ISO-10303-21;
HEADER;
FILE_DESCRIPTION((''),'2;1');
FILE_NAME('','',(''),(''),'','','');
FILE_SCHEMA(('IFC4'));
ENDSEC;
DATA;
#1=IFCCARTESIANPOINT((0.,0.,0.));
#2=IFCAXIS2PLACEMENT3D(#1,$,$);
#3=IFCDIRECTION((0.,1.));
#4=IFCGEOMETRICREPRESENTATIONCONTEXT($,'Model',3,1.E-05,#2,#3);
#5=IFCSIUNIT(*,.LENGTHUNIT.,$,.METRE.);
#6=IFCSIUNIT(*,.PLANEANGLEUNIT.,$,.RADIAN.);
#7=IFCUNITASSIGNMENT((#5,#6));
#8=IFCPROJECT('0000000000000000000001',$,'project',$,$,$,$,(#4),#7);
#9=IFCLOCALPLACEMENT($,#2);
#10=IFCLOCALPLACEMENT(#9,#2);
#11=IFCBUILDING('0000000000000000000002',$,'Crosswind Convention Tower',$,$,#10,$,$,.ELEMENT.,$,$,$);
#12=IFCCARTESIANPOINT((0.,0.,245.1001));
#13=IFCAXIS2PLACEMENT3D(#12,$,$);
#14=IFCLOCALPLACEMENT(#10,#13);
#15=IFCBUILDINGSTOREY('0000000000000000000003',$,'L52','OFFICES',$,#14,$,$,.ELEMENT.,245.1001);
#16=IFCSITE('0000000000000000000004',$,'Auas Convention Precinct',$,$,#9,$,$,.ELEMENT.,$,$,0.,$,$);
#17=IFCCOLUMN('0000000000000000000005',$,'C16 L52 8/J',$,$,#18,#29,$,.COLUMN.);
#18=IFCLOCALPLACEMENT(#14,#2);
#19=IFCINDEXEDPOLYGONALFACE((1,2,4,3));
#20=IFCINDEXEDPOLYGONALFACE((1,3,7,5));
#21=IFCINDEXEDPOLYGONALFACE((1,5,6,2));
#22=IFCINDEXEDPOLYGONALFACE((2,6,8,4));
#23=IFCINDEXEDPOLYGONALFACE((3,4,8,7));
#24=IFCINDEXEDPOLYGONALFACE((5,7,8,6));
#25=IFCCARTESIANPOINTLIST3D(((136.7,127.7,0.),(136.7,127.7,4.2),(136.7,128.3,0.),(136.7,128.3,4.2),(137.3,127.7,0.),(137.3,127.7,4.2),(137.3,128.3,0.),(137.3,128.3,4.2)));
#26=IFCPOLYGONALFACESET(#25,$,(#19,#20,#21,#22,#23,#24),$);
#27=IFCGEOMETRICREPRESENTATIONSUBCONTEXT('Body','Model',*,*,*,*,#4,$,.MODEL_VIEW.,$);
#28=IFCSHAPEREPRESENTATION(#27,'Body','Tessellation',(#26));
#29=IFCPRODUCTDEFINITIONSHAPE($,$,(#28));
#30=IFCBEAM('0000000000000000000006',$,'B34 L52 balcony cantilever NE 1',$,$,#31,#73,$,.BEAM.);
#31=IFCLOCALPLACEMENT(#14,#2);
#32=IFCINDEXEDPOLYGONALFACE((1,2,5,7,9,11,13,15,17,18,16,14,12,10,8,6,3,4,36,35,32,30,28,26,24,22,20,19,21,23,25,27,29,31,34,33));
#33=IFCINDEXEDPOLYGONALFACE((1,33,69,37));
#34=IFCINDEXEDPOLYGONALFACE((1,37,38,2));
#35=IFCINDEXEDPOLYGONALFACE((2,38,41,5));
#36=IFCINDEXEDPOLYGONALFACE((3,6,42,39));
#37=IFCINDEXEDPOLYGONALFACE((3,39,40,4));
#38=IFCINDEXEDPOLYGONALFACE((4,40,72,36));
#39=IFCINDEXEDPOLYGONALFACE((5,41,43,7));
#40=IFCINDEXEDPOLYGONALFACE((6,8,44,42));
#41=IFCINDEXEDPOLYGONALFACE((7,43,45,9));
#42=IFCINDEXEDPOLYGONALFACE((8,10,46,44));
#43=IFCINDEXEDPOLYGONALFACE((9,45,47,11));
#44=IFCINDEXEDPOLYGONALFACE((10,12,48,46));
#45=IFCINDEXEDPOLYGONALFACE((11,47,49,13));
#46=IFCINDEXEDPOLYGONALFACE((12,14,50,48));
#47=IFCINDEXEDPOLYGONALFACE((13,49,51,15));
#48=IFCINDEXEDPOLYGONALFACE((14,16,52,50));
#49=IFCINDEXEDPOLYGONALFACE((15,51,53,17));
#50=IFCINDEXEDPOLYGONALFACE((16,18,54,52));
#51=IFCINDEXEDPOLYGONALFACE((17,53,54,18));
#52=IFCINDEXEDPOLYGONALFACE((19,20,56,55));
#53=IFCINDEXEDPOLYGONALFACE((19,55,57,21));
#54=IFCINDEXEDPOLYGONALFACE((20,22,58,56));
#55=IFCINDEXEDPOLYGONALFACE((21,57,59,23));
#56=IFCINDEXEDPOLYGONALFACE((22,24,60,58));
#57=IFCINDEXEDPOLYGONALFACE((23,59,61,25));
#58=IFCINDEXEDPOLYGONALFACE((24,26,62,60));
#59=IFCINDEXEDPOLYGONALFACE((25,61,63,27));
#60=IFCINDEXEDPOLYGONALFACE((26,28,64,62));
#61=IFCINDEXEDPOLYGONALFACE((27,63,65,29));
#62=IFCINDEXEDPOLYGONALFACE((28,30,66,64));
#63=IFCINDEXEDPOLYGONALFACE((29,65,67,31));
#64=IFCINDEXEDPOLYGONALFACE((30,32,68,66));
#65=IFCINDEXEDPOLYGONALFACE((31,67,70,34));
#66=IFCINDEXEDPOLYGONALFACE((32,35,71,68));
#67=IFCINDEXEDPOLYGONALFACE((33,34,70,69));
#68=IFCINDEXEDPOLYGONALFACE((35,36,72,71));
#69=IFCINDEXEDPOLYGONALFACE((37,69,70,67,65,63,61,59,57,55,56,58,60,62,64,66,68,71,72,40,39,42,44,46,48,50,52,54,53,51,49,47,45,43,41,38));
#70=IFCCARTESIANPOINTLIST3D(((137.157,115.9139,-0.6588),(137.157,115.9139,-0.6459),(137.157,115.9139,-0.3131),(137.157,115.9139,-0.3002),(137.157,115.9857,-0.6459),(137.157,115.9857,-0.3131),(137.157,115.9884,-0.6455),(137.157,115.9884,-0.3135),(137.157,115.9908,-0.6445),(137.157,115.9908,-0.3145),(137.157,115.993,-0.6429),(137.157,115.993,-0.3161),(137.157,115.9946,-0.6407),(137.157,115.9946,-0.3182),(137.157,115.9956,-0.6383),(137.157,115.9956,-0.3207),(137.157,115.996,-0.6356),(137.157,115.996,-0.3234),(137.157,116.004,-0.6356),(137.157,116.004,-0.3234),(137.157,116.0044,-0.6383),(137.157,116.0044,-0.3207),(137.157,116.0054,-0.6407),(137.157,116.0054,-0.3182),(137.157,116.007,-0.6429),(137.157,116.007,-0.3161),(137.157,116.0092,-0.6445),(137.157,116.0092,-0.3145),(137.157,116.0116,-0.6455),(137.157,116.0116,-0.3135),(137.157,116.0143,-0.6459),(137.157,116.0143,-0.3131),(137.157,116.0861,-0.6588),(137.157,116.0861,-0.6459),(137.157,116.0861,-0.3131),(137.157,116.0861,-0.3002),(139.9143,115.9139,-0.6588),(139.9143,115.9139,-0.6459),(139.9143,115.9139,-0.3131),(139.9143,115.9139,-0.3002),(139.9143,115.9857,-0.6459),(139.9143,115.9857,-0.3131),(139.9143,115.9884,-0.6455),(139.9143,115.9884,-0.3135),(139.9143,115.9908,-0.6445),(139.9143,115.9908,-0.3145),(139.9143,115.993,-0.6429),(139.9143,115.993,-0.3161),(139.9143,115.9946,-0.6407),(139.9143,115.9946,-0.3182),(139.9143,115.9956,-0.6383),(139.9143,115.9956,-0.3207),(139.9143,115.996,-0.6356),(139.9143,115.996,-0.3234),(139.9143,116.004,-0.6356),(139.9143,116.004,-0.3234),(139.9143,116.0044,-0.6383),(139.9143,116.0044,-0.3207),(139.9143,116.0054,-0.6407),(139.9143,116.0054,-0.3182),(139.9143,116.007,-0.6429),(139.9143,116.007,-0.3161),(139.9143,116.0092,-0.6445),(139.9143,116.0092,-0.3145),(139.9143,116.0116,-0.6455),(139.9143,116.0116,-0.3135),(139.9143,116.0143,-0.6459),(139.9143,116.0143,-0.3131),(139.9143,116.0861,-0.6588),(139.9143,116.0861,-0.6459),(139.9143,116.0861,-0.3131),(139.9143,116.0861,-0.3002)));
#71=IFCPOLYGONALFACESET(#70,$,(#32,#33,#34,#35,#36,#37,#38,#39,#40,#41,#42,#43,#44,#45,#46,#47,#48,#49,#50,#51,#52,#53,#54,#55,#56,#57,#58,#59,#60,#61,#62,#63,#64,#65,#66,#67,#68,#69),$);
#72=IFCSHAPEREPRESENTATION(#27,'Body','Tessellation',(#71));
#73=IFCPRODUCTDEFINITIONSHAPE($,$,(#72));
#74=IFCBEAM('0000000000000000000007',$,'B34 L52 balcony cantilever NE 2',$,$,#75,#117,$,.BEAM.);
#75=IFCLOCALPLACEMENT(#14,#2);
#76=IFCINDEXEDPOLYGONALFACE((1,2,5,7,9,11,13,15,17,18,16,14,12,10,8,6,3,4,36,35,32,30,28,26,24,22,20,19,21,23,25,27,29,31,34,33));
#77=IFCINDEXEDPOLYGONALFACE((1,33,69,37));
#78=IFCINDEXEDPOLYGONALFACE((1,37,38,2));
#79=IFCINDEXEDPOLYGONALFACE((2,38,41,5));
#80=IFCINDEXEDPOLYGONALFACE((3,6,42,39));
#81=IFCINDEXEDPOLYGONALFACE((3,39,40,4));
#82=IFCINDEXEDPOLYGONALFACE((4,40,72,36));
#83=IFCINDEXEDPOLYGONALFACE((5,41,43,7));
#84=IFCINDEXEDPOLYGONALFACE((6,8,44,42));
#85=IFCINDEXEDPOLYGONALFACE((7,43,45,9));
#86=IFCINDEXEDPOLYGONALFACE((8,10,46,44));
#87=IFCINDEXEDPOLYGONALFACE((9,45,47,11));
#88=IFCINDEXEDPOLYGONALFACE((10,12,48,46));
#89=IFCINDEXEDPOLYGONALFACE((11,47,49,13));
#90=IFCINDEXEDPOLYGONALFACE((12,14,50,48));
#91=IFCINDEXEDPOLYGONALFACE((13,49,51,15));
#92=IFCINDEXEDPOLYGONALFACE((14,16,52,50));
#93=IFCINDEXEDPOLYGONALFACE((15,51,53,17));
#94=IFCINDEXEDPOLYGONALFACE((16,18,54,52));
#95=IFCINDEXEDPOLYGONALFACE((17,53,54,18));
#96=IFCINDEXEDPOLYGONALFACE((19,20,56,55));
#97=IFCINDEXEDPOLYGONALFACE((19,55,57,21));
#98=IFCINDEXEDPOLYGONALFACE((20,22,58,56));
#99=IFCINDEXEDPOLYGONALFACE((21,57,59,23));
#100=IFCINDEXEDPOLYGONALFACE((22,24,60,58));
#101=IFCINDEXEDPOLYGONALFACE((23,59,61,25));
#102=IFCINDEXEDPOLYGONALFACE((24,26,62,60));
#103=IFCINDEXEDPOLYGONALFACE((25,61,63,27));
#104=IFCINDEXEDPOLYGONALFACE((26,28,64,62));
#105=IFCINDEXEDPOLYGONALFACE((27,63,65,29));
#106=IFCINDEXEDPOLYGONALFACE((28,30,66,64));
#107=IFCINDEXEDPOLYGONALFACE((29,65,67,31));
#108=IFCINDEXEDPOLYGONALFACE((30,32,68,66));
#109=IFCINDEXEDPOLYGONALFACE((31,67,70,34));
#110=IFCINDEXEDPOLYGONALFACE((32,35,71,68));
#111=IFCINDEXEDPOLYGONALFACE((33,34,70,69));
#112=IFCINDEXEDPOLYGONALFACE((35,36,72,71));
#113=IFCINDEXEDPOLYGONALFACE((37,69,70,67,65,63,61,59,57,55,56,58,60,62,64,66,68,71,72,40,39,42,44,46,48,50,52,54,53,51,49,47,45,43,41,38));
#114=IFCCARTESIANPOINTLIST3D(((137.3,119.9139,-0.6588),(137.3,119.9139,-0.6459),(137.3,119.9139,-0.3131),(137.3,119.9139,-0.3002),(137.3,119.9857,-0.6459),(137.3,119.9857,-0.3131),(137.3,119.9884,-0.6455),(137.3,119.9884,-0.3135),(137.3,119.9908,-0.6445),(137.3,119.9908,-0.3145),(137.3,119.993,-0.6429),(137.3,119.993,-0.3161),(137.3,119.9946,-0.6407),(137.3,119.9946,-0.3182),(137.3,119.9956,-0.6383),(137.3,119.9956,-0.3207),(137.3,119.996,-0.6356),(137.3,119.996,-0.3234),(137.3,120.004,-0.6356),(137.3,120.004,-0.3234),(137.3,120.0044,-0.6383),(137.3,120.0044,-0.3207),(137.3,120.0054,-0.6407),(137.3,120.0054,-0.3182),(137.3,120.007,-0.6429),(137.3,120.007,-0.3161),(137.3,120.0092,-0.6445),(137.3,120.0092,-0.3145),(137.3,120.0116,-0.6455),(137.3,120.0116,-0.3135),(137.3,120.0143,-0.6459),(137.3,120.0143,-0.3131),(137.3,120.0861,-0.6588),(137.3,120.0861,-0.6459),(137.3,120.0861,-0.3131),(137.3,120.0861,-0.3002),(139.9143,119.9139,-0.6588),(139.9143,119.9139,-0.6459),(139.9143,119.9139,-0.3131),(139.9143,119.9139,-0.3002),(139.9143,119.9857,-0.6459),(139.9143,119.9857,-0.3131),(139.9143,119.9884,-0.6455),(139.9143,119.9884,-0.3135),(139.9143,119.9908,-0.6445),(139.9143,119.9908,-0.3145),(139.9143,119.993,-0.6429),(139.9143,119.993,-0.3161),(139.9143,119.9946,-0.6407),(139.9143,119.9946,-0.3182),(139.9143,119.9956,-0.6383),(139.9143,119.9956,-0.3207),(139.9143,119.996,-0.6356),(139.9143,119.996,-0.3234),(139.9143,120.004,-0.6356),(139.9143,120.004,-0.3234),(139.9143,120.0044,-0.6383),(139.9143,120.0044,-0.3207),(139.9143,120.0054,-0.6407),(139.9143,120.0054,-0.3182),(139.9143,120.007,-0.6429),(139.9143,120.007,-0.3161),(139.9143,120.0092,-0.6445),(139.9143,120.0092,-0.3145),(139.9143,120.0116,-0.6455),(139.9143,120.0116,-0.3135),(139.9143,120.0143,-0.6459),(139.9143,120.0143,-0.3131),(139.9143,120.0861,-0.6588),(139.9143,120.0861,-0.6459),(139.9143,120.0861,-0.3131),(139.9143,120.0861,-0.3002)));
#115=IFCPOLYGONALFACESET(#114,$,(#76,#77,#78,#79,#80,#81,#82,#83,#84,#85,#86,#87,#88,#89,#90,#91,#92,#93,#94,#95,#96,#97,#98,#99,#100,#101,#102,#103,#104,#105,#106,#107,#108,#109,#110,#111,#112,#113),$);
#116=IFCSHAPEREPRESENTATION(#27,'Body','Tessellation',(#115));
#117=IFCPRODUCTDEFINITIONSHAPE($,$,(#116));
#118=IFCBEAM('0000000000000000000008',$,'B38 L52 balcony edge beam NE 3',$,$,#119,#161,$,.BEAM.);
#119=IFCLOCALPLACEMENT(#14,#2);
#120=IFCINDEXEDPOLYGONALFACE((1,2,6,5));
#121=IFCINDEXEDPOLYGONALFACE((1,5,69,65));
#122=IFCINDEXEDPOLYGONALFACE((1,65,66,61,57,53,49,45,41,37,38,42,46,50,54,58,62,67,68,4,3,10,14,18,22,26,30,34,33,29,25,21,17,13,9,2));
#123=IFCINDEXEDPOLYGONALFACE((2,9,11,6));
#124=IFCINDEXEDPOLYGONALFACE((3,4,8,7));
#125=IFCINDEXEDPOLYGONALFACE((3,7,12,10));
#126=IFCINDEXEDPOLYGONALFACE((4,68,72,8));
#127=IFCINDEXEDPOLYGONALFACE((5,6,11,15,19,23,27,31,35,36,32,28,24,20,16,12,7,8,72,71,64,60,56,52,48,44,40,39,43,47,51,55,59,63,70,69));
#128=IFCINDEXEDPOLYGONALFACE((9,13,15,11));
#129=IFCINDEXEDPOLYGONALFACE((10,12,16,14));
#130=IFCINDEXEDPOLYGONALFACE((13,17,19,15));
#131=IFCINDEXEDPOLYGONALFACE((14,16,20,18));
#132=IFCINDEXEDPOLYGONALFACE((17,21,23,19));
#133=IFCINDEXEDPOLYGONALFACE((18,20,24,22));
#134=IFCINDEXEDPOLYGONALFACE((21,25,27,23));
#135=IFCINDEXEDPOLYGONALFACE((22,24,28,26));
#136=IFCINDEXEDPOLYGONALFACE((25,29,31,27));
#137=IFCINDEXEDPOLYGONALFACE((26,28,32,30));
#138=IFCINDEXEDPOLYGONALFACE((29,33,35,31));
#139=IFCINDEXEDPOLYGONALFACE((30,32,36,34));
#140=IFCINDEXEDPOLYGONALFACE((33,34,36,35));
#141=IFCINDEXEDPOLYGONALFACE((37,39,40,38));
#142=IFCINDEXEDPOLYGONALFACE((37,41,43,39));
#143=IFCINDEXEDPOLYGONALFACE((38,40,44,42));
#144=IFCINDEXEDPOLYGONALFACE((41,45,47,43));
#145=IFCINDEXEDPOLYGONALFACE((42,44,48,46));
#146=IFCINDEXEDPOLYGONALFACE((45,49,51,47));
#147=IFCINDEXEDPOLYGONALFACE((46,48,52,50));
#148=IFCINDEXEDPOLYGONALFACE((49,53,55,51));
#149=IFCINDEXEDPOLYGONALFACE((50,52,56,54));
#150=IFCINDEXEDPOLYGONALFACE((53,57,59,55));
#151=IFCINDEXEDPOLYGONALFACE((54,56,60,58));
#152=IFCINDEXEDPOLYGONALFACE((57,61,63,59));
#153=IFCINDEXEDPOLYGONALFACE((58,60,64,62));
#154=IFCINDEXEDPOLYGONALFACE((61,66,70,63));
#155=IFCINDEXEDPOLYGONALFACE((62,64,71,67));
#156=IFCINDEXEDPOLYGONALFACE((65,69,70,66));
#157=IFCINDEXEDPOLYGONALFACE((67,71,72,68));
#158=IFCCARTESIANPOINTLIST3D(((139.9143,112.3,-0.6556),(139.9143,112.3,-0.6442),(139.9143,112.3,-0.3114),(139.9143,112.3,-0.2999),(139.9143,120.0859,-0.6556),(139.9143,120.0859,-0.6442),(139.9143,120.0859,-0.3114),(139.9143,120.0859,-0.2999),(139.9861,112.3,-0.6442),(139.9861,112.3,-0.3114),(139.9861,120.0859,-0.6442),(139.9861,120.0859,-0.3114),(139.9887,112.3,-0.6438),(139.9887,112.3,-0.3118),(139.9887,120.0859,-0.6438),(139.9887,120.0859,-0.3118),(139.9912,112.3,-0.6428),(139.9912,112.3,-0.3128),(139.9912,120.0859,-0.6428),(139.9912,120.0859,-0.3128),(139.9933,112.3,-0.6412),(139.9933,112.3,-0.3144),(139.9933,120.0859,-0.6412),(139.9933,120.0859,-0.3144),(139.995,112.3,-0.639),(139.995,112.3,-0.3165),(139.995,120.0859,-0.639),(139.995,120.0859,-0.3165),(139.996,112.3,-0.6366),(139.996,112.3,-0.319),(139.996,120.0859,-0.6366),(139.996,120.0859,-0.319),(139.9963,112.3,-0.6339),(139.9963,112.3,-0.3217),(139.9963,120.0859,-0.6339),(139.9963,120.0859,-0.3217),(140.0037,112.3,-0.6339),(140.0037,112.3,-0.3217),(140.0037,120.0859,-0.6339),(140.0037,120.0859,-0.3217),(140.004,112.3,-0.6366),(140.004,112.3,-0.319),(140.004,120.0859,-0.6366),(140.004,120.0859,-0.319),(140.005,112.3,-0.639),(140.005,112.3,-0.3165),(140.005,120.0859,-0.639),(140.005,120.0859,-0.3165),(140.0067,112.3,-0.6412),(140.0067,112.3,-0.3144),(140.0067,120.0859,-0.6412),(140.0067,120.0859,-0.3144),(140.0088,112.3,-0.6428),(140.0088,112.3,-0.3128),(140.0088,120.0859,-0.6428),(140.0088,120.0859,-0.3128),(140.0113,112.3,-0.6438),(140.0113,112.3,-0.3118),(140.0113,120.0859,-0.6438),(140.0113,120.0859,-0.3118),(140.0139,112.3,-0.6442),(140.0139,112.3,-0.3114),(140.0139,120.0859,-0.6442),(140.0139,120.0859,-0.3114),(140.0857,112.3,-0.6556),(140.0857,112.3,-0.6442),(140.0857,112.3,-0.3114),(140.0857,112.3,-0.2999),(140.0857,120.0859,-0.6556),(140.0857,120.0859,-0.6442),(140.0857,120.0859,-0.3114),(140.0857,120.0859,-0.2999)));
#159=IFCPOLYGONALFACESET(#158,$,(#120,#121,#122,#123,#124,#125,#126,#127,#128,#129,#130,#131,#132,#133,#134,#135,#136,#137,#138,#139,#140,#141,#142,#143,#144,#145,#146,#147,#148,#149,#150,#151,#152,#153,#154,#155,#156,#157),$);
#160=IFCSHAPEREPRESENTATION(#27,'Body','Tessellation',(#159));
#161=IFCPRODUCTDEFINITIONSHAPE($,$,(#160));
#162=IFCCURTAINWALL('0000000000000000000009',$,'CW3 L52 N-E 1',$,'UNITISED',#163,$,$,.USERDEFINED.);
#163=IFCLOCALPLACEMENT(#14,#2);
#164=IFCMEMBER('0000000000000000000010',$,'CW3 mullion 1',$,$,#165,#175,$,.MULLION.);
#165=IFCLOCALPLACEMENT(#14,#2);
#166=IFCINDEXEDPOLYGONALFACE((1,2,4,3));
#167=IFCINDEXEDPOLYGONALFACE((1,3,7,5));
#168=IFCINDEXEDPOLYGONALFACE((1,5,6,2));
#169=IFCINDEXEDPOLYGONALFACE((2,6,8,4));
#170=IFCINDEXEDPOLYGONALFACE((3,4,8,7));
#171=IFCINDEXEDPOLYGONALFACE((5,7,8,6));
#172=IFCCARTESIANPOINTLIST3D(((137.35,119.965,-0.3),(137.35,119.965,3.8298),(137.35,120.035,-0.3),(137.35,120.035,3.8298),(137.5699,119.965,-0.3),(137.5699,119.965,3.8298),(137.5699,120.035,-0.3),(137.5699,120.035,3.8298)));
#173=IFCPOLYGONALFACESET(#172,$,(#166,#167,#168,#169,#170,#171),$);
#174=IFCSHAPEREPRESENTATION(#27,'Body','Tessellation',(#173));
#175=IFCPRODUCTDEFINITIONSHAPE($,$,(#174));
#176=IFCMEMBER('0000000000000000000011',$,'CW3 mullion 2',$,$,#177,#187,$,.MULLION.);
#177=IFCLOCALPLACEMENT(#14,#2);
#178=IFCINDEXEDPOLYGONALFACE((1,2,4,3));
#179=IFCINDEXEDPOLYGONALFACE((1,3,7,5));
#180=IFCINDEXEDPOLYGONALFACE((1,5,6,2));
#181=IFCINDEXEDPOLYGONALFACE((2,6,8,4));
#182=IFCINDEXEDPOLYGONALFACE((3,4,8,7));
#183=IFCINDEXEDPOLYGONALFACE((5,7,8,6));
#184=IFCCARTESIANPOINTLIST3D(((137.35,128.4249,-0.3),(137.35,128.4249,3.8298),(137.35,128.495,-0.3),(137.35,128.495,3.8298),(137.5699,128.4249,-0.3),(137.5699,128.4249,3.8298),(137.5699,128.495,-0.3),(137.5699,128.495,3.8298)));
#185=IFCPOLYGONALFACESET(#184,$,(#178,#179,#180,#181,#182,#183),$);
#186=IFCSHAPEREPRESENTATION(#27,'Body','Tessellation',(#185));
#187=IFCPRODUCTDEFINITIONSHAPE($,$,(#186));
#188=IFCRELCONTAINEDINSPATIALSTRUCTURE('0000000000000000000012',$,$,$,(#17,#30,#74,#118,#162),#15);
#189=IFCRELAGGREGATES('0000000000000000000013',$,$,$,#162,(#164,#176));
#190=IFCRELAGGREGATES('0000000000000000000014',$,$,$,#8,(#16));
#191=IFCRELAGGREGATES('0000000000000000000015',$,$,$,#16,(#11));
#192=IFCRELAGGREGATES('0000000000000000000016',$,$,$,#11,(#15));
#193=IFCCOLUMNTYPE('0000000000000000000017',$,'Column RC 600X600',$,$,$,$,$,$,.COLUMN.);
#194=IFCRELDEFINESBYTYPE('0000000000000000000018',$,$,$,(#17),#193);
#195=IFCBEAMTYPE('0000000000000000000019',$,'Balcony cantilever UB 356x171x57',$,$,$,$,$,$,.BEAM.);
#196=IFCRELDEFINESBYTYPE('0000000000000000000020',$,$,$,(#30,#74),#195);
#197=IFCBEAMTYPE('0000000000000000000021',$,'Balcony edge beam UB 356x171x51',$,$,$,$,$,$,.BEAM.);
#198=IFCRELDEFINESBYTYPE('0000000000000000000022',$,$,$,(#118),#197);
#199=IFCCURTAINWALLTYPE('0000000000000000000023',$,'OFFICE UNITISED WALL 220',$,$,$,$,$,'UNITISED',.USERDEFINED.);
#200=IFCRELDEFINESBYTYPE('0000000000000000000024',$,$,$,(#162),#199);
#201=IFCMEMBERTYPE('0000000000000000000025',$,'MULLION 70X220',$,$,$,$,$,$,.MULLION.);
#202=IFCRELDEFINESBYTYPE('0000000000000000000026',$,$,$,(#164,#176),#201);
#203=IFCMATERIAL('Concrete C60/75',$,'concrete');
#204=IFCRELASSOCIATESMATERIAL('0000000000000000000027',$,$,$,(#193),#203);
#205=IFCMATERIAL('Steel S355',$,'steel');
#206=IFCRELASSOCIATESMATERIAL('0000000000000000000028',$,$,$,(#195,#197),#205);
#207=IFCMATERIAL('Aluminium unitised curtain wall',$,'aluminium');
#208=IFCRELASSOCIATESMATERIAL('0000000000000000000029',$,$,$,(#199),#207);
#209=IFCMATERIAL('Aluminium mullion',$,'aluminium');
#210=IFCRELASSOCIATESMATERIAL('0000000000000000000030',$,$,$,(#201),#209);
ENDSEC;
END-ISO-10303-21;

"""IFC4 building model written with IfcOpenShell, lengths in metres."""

from ifc_helpers import new_model, si_unit, direction, frame, origin, origin_2d, place, context, subcontext, project, spatial, rectangle, i_section, extrude, material, material_profile, profile_set, type_object, element, aggregate, save


model = new_model("IFC4")

# Units and contexts
model_context = context("Model", 3, precision=1e-05, world=origin(), true_north=direction((0.0, 1.0)))
body_context = subcontext(model_context, "Body", "Model", "MODEL_VIEW")
ifc_project = project(units=[si_unit("LENGTHUNIT", "METRE"), si_unit("PLANEANGLEUNIT", "RADIAN")], contexts=[model_context])

# Site, building, storey
site_placement = place(None, origin())
site = spatial("IfcSite", under=ifc_project, at=site_placement, Name="Auas Convention Precinct", CompositionType="ELEMENT", RefElevation=0.0)
building_placement = place(site_placement, origin())
building = spatial("IfcBuilding", under=site, at=building_placement, Name="Crosswind Convention Tower", CompositionType="ELEMENT")
storey_placement = place(building_placement, frame((0.0, 0.0, 245.1001)))
storey = spatial("IfcBuildingStorey", under=building, at=storey_placement, Name="L52", Description="OFFICES", CompositionType="ELEMENT", Elevation=245.1001)

# Column
ifc_material_1 = material(Name="Concrete C60/75", Category="concrete")
ifc_material_profile_1 = material_profile(ifc_material_1, rectangle(XDim=0.6001, YDim=0.6001, at=origin_2d()), Name="RC 600X600")
ifc_profile_set_1 = profile_set([ifc_material_profile_1], Name="Concrete C60/75")
column_type = type_object("IfcColumnType", Name="Column RC 600X600", PredefinedType="COLUMN", material=ifc_profile_set_1)
column_placement = place(storey_placement, frame((137.0, 128.0, 0.0), z_axis=(0.0, 0.0, 1.0), x_axis=(1.0, 0.0, 0.0)))
element("IfcColumn", 1, at=column_placement, inside=storey, type_object=column_type, Name="C16 L52 8/J", PredefinedType="COLUMN", context=body_context, shape_type="SweptSolid", body=[
    extrude(rectangle(XDim=0.6001, YDim=0.6001, at=origin_2d()), origin(), (0.0, 0.0, 1.0), 4.2),
])

# Beams
ifc_material_2 = material(Name="Steel S355", Category="steel")
ifc_material_profile_2 = material_profile(ifc_material_2, i_section(OverallWidth=0.1721, OverallDepth=0.3586, WebThickness=0.0081, FlangeThickness=0.0129, FilletRadius=0.0103, at=origin_2d()), Name="UB 356x171x57")
ifc_profile_set_2 = profile_set([ifc_material_profile_2], Name="Steel S355")
beam_type_1 = type_object("IfcBeamType", Name="Balcony cantilever UB 356x171x57", PredefinedType="BEAM", material=ifc_profile_set_2)
beam_1_placement = place(storey_placement, frame((137.157, 116.0, -0.4795), z_axis=(1.0, 0.0, 0.0), x_axis=(0.0, 1.0, 0.0)))
element("IfcBeam", 2, at=beam_1_placement, inside=storey, type_object=beam_type_1, Name="B34 L52 balcony cantilever NE 1", PredefinedType="BEAM", context=body_context, shape_type="SweptSolid", body=[
    extrude(i_section(OverallWidth=0.1721, OverallDepth=0.3586, WebThickness=0.0081, FlangeThickness=0.0129, FilletRadius=0.0103, at=origin_2d()), origin(), (0.0, 0.0, 1.0), 2.7573),
])
beam_2_placement = place(storey_placement, frame((137.3, 120.0, -0.4795), z_axis=(1.0, 0.0, 0.0), x_axis=(0.0, 1.0, 0.0)))
element("IfcBeam", 3, at=beam_2_placement, inside=storey, type_object=beam_type_1, Name="B34 L52 balcony cantilever NE 2", PredefinedType="BEAM", context=body_context, shape_type="SweptSolid", body=[
    extrude(i_section(OverallWidth=0.1721, OverallDepth=0.3586, WebThickness=0.0081, FlangeThickness=0.0129, FilletRadius=0.0103, at=origin_2d()), origin(), (0.0, 0.0, 1.0), 2.6143),
])
ifc_material_profile_3 = material_profile(ifc_material_2, i_section(OverallWidth=0.1714, OverallDepth=0.3557, WebThickness=0.0073, FlangeThickness=0.0115, FilletRadius=0.0103, at=origin_2d()), Name="UB 356x171x51")
ifc_profile_set_3 = profile_set([ifc_material_profile_3], Name="Steel S355")
beam_type_2 = type_object("IfcBeamType", Name="Balcony edge beam UB 356x171x51", PredefinedType="BEAM", material=ifc_profile_set_3)
beam_3_placement = place(storey_placement, frame((140.0, 112.3, -0.4778), z_axis=(0.0, 1.0, 0.0), x_axis=(-1.0, 0.0, 0.0)))
element("IfcBeam", 4, at=beam_3_placement, inside=storey, type_object=beam_type_2, Name="B38 L52 balcony edge beam NE 3", PredefinedType="BEAM", context=body_context, shape_type="SweptSolid", body=[
    extrude(i_section(OverallWidth=0.1714, OverallDepth=0.3557, WebThickness=0.0073, FlangeThickness=0.0115, FilletRadius=0.0103, at=origin_2d()), origin(), (0.0, 0.0, 1.0), 7.7859),
])

# Curtain wall, members
ifc_material_3 = material(Name="Aluminium unitised curtain wall", Category="aluminium")
curtain_wall_type = type_object("IfcCurtainWallType", Name="OFFICE UNITISED WALL 220", ElementType="UNITISED", PredefinedType="USERDEFINED", material=ifc_material_3)
curtain_wall_1_placement = place(storey_placement, origin())
curtain_wall_1 = element("IfcCurtainWall", 5, at=curtain_wall_1_placement, inside=storey, type_object=curtain_wall_type, Name="CW3 L52 N-E 1", ObjectType="UNITISED", PredefinedType="USERDEFINED")
ifc_material_4 = material(Name="Aluminium mullion", Category="aluminium")
ifc_material_profile_4 = material_profile(ifc_material_4, rectangle(XDim=0.22, YDim=0.0701, at=origin_2d()), Name="AL 220X70")
ifc_profile_set_4 = profile_set([ifc_material_profile_4], Name="Aluminium mullion")
member_type_1 = type_object("IfcMemberType", Name="MULLION 70X220", PredefinedType="MULLION", material=ifc_profile_set_4)
member_1_placement = place(storey_placement, frame((137.46, 120.0, -0.3), z_axis=(0.0, 0.0, 1.0), x_axis=(1.0, 0.0, 0.0)))
member_1 = element("IfcMember", 6, at=member_1_placement, type_object=member_type_1, Name="CW3 mullion 1", PredefinedType="MULLION", context=body_context, shape_type="SweptSolid", body=[
    extrude(rectangle(XDim=0.22, YDim=0.0701, at=origin_2d()), origin(), (0.0, 0.0, 1.0), 4.1299),
])
member_2_placement = place(storey_placement, frame((137.46, 128.46, -0.3), z_axis=(0.0, 0.0, 1.0), x_axis=(1.0, 0.0, 0.0)))
member_2 = element("IfcMember", 7, at=member_2_placement, type_object=member_type_1, Name="CW3 mullion 2", PredefinedType="MULLION", context=body_context, shape_type="SweptSolid", body=[
    extrude(rectangle(XDim=0.22, YDim=0.0701, at=origin_2d()), origin(), (0.0, 0.0, 1.0), 4.1299),
])

aggregate(curtain_wall_1, [member_1, member_2])

save(model, "model.ifc")
